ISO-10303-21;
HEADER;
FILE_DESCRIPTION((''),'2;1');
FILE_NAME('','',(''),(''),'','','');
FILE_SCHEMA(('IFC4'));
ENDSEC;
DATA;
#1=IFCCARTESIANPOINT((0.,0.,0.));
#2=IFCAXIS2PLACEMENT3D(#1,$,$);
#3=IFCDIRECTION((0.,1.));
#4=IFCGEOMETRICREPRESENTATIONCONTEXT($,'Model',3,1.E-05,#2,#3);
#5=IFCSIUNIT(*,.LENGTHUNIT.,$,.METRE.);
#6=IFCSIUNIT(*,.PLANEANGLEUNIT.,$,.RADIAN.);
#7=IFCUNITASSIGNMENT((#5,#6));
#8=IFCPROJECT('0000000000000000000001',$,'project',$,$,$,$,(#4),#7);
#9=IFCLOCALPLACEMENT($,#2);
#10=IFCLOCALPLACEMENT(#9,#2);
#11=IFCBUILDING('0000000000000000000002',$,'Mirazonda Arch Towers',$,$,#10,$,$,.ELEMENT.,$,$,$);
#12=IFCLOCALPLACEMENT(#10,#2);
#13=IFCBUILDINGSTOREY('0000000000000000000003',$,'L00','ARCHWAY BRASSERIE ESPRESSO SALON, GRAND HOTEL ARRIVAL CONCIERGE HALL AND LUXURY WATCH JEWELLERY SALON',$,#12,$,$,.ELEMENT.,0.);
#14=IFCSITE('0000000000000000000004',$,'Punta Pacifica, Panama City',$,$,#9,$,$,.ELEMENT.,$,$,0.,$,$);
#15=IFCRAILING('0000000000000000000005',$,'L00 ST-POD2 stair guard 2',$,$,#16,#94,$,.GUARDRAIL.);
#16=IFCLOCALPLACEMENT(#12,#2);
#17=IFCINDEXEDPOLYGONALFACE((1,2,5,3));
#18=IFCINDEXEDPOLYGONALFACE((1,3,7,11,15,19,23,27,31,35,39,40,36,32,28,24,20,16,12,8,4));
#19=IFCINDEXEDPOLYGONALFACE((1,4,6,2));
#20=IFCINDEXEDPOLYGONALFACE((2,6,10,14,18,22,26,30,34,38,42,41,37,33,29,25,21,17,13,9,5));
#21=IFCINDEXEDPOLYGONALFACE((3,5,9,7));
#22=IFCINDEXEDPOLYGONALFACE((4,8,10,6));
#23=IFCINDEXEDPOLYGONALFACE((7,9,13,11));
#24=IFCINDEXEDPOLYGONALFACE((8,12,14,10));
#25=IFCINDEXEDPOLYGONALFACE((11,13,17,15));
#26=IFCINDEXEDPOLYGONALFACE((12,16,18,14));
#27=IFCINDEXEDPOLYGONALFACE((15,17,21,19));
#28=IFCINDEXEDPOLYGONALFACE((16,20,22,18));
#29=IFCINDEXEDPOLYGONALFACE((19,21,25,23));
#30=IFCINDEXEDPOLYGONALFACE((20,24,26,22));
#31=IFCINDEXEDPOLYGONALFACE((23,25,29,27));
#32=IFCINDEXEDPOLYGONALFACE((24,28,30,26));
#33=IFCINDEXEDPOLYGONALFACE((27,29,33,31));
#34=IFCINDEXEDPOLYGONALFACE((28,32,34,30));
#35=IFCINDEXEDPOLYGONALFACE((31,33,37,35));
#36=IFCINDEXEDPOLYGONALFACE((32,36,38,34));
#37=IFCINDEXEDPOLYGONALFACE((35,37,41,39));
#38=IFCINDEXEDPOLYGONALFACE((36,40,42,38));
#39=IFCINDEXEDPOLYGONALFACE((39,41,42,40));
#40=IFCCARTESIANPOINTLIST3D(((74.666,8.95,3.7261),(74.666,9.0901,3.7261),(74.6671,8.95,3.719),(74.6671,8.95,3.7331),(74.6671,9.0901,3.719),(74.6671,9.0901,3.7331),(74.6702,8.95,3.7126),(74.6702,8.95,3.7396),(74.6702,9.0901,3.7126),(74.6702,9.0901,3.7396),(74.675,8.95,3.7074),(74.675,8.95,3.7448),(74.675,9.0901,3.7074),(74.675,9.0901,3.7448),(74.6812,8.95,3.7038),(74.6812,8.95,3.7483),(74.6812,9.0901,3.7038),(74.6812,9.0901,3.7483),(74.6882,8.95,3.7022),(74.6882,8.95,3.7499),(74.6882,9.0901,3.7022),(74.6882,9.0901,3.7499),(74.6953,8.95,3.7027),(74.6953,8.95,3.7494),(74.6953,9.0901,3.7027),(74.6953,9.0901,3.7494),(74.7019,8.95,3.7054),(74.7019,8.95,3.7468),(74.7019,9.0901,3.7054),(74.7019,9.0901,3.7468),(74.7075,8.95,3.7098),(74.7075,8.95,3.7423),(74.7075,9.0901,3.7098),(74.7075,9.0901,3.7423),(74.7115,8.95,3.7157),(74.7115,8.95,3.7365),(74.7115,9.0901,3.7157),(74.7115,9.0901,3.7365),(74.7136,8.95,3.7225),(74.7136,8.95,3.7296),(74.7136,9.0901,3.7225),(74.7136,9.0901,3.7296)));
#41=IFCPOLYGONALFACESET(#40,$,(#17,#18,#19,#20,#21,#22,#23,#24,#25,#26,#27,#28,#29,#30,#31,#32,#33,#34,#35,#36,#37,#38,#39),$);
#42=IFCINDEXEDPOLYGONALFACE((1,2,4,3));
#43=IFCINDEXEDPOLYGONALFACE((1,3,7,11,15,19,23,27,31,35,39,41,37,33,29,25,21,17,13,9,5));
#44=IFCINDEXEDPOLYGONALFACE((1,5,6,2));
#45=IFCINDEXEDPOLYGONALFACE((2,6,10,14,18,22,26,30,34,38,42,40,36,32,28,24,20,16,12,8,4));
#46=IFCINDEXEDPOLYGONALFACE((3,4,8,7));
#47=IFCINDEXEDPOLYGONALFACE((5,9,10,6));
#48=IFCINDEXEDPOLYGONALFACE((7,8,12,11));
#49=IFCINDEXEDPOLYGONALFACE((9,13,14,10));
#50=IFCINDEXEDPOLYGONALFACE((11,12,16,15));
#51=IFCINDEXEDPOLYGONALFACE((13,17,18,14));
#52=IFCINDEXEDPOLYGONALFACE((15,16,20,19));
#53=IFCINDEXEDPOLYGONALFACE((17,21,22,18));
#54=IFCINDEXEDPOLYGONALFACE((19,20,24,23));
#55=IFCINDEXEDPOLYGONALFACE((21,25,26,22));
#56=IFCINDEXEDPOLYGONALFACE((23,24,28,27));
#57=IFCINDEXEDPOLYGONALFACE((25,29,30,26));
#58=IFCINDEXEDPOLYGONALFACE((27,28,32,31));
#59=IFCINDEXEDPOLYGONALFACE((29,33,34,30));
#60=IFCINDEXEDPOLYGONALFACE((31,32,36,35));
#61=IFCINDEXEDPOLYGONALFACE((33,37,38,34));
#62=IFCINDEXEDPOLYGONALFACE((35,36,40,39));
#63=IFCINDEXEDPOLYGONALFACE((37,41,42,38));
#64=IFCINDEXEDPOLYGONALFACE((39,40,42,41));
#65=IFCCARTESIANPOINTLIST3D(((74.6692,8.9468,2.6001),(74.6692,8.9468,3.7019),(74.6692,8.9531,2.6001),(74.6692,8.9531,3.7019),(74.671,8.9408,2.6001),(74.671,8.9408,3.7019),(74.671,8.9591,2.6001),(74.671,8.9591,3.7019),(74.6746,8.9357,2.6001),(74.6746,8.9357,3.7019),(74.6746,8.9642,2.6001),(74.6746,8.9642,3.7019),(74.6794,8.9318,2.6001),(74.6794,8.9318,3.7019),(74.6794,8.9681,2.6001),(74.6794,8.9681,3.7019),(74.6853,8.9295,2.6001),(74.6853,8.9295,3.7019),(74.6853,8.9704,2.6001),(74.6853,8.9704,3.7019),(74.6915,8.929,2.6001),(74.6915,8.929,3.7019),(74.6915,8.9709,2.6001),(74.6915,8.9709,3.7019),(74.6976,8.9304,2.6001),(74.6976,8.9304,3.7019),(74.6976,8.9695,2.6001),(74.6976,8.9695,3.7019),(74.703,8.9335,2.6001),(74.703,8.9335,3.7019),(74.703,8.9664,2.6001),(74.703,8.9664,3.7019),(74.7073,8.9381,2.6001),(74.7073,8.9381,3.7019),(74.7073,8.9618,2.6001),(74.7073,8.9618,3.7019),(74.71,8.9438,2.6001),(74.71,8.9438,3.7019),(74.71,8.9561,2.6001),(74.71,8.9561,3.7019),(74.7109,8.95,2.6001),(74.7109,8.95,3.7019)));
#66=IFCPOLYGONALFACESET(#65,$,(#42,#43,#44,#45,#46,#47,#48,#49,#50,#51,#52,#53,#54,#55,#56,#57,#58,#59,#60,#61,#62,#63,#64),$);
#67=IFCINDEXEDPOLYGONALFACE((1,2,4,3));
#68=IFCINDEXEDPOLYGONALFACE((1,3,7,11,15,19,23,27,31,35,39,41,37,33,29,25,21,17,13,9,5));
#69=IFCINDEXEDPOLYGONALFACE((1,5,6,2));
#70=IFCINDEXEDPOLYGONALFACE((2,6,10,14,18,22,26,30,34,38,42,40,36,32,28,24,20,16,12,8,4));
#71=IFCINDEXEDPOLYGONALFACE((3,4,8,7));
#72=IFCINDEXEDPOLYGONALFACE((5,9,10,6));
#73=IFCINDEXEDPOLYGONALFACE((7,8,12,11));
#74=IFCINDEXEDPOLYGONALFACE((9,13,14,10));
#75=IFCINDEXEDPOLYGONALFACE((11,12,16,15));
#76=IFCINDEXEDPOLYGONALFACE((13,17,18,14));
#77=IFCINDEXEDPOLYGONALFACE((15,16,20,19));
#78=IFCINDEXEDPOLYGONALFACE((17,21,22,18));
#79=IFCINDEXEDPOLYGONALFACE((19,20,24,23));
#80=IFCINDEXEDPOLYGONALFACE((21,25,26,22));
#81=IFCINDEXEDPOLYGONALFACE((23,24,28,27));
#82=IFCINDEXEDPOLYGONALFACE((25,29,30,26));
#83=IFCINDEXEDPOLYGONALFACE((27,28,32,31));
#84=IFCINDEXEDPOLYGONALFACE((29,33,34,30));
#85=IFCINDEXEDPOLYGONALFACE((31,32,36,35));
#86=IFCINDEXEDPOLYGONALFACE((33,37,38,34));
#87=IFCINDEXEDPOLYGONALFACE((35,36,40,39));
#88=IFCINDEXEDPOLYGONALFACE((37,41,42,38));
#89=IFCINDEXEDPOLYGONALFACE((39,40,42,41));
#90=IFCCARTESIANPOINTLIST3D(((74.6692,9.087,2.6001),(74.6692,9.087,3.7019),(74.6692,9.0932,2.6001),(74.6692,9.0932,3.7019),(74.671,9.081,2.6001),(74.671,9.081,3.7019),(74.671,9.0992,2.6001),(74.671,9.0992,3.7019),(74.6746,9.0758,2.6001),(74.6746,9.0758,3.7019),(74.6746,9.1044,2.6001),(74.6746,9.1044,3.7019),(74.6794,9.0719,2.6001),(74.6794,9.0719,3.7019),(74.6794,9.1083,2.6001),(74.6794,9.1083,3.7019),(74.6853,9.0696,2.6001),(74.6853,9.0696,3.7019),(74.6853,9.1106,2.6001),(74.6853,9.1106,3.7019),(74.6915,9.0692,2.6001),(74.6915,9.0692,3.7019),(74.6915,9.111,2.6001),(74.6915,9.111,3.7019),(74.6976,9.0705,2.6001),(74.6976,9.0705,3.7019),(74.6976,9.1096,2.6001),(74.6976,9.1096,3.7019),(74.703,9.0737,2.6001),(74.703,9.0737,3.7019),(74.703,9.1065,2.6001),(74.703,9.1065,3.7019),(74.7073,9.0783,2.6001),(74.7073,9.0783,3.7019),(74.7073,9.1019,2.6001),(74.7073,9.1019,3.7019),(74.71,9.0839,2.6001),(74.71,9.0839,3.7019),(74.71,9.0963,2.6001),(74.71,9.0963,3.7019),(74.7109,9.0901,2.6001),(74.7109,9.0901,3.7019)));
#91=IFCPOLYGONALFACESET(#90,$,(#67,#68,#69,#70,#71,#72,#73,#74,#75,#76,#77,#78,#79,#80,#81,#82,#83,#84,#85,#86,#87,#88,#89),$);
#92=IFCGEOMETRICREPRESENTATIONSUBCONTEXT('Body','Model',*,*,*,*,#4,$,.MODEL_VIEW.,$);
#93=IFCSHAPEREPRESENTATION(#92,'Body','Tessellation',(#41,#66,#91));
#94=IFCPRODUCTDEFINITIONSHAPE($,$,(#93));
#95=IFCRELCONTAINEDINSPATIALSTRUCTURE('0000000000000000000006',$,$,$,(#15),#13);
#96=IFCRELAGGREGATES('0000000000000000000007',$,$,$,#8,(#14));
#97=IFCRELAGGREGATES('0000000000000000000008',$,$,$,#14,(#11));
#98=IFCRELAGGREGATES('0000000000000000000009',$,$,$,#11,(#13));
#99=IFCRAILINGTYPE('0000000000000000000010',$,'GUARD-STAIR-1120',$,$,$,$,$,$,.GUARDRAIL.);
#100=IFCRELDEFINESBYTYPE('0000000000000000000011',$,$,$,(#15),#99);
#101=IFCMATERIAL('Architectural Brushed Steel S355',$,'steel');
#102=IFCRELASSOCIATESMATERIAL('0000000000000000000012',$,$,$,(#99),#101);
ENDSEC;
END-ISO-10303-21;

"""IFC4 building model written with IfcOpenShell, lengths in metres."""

from ifc_helpers import new_model, si_unit, direction, frame, origin, origin_2d, place, context, subcontext, project, spatial, circle, extrude, material, type_object, element, save


model = new_model("IFC4")

# Units and contexts
model_context = context("Model", 3, precision=1e-05, world=origin(), true_north=direction((0.0, 1.0)))
body_context = subcontext(model_context, "Body", "Model", "MODEL_VIEW")
ifc_project = project(units=[si_unit("LENGTHUNIT", "METRE"), si_unit("PLANEANGLEUNIT", "RADIAN")], contexts=[model_context])

# Site, building, storey
site_placement = place(None, origin())
site = spatial("IfcSite", under=ifc_project, at=site_placement, Name="Punta Pacifica, Panama City", CompositionType="ELEMENT", RefElevation=0.0)
building_placement = place(site_placement, origin())
building = spatial("IfcBuilding", under=site, at=building_placement, Name="Mirazonda Arch Towers", CompositionType="ELEMENT")
storey_placement = place(building_placement, origin())
storey = spatial("IfcBuildingStorey", under=building, at=storey_placement, Name="L00", Description="ARCHWAY BRASSERIE ESPRESSO SALON, GRAND HOTEL ARRIVAL CONCIERGE HALL AND LUXURY WATCH JEWELLERY SALON", CompositionType="ELEMENT", Elevation=0.0)

# Shared definitions
ifc_material_1 = material(Name="Architectural Brushed Steel S355", Category="steel")

# Railing
railing_type_1 = type_object("IfcRailingType", Name="GUARD-STAIR-1120", PredefinedType="GUARDRAIL", material=ifc_material_1)
railing_1_placement = place(storey_placement, frame((74.6899, 8.95, 2.6001)))
element("IfcRailing", 1, at=railing_1_placement, inside=storey, type_object=railing_type_1, Name="L00 ST-POD2 stair guard 2", PredefinedType="GUARDRAIL", context=body_context, shape_type="SweptSolid", body=[
    extrude(circle(Radius=0.0239, at=origin_2d()), frame((0.0, 0.0, 1.126), z_axis=(0.0, 1.0, 0.0), x_axis=(-1.0, 0.0, 0.0)), (0.0, 0.0, 1.0), 0.1401),
    extrude(circle(Radius=0.021, at=origin_2d()), origin(), (0.0, 0.0, 1.0), 1.1018),
    extrude(circle(Radius=0.021, at=origin_2d()), frame((0.0, 0.1401, 0.0)), (0.0, 0.0, 1.0), 1.1018),
])

save(model, "model.ifc")
